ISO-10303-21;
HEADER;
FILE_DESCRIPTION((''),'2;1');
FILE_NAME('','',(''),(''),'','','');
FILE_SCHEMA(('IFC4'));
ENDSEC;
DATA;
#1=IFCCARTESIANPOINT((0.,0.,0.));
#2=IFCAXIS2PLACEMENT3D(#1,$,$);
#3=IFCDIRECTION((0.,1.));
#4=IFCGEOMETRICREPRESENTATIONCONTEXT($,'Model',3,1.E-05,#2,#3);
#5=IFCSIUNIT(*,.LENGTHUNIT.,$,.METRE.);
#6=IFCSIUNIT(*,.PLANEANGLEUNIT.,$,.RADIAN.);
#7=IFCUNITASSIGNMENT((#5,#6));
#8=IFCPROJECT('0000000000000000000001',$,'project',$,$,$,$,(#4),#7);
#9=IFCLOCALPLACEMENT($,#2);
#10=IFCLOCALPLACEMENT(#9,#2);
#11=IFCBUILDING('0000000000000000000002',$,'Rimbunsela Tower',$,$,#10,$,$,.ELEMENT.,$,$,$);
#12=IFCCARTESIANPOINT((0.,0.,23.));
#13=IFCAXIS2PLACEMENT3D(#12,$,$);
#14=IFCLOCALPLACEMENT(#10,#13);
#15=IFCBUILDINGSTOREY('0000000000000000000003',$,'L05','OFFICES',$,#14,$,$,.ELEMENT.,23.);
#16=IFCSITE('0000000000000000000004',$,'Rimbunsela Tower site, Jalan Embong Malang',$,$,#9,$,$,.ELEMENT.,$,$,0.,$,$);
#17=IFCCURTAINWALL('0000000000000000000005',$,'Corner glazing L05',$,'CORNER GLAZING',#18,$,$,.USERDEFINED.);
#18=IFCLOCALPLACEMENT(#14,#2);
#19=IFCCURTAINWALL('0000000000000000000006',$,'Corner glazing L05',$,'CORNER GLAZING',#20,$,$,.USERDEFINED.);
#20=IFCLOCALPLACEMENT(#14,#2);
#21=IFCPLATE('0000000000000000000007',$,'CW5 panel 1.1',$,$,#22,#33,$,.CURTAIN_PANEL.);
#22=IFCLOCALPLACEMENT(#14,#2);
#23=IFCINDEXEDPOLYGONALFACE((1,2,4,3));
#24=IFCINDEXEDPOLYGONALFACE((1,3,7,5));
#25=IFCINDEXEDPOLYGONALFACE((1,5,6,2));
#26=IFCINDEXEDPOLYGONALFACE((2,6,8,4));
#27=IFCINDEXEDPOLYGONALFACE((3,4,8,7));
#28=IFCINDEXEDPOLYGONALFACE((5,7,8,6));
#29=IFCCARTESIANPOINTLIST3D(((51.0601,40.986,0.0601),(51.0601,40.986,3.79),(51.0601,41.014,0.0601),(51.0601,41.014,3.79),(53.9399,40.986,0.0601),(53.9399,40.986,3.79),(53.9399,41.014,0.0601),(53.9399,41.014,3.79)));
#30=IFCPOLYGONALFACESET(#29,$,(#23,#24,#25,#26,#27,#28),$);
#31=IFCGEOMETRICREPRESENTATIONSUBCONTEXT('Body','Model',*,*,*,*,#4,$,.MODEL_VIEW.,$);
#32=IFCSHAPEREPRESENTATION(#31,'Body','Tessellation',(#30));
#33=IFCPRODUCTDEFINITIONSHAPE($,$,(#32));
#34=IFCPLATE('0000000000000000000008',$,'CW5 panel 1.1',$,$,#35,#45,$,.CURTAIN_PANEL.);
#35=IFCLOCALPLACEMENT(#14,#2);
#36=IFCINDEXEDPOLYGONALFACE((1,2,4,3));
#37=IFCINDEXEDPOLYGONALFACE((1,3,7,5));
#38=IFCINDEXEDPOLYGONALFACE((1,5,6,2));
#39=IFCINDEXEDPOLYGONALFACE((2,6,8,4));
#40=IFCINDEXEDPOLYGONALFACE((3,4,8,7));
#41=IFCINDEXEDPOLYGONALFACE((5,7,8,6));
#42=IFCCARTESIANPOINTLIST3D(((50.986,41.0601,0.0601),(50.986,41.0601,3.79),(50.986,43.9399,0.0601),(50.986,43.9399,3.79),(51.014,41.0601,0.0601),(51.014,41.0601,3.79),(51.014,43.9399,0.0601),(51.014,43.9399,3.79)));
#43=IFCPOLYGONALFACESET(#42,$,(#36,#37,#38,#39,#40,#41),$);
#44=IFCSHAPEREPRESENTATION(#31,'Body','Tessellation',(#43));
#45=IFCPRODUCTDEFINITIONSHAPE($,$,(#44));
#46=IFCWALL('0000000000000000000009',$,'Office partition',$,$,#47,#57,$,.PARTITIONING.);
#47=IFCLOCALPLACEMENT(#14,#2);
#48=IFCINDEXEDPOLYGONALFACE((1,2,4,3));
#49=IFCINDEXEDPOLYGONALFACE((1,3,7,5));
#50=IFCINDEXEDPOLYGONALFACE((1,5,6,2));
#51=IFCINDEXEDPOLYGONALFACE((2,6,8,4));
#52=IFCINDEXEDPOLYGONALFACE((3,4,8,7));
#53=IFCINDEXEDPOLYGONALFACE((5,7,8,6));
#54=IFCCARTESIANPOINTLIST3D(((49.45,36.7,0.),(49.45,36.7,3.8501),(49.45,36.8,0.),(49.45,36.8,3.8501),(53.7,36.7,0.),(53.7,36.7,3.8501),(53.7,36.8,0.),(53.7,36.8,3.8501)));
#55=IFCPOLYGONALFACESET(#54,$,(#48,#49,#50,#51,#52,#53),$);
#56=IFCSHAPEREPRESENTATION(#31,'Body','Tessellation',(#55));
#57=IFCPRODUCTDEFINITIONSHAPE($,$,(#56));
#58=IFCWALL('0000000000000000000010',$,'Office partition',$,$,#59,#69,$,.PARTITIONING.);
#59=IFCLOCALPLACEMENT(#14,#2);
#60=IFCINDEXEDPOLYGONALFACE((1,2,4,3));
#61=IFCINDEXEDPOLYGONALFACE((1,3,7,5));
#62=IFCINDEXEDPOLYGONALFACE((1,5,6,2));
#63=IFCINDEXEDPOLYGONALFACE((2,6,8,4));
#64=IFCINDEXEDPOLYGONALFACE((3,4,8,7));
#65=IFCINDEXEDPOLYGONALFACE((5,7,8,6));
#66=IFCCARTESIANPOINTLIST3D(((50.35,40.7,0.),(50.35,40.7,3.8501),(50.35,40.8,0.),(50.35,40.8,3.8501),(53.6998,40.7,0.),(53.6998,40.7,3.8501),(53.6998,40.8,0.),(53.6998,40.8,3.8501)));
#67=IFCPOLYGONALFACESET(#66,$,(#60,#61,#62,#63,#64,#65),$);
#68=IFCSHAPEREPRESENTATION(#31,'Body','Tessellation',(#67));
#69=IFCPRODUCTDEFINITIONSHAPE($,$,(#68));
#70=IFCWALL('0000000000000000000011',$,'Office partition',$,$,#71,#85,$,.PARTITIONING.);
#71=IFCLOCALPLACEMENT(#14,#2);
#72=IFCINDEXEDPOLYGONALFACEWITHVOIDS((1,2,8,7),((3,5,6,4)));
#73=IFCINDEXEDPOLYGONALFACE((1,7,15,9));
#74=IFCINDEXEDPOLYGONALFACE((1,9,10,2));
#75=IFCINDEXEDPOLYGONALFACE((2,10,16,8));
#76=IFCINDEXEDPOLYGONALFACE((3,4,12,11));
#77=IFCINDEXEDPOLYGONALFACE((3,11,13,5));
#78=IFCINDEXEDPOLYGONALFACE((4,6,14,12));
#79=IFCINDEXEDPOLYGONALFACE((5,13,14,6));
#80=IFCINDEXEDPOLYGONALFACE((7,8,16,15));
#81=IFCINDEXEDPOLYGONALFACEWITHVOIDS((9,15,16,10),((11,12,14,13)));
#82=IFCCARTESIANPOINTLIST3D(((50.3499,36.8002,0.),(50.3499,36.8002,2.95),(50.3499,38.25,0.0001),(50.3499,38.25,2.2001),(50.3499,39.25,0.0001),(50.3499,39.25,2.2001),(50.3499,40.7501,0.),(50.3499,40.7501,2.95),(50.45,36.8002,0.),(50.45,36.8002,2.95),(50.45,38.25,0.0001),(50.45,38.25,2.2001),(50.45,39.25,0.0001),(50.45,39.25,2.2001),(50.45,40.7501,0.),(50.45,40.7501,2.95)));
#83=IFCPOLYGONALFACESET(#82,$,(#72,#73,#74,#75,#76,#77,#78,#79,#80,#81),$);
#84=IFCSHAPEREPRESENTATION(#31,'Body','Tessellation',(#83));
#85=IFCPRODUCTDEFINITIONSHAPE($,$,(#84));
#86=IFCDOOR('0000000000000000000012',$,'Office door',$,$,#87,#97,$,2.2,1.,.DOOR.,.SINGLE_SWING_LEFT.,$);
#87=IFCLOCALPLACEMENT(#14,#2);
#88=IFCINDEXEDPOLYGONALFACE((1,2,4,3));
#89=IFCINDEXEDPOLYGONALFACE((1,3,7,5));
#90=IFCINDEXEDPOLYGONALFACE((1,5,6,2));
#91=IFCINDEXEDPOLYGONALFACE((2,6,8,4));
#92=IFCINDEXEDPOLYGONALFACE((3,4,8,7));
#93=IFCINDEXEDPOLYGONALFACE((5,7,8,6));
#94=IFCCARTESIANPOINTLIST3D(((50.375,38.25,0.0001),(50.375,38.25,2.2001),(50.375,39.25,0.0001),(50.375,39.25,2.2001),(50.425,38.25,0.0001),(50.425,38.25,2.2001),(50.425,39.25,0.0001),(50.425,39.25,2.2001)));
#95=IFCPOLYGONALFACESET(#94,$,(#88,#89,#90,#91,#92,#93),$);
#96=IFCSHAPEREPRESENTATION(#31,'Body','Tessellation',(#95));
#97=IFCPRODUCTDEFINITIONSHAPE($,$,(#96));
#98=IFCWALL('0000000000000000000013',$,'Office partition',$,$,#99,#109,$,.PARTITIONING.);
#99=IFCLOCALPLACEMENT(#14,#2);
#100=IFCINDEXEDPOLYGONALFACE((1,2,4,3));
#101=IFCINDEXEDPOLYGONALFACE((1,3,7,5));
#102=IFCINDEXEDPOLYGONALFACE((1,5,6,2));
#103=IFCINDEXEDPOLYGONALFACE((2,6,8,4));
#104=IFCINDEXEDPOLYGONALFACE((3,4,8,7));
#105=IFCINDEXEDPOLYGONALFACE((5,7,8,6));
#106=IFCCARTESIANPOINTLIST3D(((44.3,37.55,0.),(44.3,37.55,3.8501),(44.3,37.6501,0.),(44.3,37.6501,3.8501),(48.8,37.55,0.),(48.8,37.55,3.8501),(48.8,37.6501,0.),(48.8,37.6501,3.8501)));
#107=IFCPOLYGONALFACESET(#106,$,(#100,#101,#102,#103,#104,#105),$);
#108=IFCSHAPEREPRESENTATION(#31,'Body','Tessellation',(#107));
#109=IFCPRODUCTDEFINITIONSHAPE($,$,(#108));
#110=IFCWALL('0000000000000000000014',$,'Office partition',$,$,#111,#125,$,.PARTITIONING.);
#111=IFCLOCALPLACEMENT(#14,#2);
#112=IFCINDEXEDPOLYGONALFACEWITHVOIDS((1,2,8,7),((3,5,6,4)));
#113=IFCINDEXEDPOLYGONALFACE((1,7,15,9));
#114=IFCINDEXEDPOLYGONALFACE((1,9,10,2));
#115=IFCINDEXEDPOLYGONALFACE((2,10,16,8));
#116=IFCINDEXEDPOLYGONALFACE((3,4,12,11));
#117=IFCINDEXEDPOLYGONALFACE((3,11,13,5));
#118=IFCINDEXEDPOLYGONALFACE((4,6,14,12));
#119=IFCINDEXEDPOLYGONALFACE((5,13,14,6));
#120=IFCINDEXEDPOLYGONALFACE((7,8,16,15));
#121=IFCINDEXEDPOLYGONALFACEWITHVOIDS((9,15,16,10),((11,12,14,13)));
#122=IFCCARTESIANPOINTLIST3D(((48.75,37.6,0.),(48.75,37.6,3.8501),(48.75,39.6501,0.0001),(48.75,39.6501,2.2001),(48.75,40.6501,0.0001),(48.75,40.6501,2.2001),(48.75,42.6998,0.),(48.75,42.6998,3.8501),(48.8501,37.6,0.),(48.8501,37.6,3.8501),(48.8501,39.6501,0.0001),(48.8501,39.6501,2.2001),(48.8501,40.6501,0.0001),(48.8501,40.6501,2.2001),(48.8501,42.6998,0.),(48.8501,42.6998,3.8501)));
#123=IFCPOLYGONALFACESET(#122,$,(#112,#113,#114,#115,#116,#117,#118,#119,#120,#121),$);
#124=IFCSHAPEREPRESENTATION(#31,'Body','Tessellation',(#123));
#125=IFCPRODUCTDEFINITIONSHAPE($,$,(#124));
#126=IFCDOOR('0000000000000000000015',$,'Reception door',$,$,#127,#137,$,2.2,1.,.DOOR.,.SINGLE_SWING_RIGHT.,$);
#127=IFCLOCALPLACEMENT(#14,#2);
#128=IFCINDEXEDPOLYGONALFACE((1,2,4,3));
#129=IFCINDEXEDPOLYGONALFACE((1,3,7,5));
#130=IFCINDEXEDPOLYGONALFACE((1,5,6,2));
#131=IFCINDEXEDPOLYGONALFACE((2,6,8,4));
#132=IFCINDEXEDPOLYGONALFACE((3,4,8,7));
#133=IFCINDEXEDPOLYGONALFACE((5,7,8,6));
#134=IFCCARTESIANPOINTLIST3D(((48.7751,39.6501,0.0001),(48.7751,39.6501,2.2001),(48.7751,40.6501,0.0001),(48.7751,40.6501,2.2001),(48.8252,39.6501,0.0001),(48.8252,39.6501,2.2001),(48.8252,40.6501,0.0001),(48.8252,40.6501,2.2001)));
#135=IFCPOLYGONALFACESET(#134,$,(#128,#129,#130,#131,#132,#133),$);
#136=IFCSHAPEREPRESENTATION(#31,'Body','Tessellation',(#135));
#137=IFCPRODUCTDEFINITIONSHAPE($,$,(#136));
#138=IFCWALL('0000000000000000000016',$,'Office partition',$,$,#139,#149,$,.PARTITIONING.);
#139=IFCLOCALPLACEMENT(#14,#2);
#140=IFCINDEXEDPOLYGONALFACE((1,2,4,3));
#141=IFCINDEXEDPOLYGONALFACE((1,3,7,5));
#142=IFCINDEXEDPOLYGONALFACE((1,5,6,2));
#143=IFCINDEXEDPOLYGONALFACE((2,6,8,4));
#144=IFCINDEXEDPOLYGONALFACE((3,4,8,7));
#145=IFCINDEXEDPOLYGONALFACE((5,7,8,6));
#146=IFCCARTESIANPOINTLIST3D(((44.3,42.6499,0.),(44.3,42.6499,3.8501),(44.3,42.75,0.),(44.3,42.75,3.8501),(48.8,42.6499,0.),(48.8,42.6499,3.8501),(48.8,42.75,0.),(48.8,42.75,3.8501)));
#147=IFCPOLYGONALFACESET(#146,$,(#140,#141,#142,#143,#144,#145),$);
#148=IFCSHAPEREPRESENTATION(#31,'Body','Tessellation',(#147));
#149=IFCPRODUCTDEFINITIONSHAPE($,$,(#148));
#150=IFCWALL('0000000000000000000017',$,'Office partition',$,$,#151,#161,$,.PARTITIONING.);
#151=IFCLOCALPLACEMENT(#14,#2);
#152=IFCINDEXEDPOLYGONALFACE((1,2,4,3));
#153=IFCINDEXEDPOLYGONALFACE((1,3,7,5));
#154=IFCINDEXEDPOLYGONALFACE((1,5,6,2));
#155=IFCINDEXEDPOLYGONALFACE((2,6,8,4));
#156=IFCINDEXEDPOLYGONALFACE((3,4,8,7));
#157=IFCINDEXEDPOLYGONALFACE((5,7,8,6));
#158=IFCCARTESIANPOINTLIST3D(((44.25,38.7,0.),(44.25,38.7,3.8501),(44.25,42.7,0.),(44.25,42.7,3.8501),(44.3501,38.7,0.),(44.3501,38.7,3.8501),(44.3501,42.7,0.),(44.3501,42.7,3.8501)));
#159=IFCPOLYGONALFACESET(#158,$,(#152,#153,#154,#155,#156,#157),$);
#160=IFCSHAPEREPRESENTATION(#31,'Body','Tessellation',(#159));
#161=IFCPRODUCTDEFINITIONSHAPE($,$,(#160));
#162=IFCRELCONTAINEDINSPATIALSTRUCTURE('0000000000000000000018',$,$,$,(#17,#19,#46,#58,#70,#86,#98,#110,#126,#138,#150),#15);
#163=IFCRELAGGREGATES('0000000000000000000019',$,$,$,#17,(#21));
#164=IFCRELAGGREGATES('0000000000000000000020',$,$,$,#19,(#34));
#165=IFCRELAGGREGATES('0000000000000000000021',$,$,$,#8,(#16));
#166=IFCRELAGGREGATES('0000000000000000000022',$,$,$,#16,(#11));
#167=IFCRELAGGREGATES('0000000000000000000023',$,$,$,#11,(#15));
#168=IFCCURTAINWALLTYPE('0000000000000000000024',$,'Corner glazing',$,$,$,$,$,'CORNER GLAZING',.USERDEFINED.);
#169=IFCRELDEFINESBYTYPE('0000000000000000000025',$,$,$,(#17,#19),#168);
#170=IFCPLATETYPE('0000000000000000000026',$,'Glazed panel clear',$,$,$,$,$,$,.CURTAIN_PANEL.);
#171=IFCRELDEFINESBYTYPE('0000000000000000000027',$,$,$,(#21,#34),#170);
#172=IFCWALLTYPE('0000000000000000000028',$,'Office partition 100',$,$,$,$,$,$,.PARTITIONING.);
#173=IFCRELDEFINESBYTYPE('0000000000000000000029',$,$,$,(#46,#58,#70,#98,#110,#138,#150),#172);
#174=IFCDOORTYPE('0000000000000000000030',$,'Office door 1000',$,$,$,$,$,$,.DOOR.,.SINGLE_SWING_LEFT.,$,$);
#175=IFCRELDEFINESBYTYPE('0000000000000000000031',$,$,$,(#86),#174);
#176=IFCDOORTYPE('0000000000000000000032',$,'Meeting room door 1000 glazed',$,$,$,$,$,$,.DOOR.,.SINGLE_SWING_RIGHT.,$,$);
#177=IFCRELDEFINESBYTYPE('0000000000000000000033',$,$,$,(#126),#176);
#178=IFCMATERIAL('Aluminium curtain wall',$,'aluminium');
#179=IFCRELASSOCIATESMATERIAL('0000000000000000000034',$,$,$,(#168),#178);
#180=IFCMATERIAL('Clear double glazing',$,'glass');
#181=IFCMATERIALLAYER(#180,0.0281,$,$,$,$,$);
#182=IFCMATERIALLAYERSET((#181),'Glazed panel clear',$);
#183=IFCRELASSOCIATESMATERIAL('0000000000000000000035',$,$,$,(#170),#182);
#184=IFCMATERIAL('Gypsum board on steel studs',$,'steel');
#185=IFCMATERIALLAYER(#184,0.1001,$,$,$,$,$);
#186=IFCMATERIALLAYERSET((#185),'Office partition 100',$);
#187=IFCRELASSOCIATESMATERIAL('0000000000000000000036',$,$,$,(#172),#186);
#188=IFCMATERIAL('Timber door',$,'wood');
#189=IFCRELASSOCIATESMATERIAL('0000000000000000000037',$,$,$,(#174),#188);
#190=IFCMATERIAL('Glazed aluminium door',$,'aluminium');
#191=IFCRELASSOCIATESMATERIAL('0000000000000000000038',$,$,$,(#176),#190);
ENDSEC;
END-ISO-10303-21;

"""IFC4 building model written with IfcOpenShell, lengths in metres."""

from ifc_helpers import new_model, si_unit, direction, frame, frame_2d, origin, origin_2d, place, context, subcontext, project, spatial, rectangle, extrude, material, layer, layer_set, type_object, element, fill, aggregate, save


model = new_model("IFC4")

# Units and contexts
model_context = context("Model", 3, precision=1e-05, world=origin(), true_north=direction((0.0, 1.0)))
body_context = subcontext(model_context, "Body", "Model", "MODEL_VIEW")
ifc_project = project(units=[si_unit("LENGTHUNIT", "METRE"), si_unit("PLANEANGLEUNIT", "RADIAN")], contexts=[model_context])

# Site, building, storey
site_placement = place(None, origin())
site = spatial("IfcSite", under=ifc_project, at=site_placement, Name="Rimbunsela Tower site, Jalan Embong Malang", CompositionType="ELEMENT", RefElevation=0.0)
building_placement = place(site_placement, origin())
building = spatial("IfcBuilding", under=site, at=building_placement, Name="Rimbunsela Tower", CompositionType="ELEMENT")
storey_placement = place(building_placement, frame((0.0, 0.0, 23.0)))
storey = spatial("IfcBuildingStorey", under=building, at=storey_placement, Name="L05", Description="OFFICES", CompositionType="ELEMENT", Elevation=23.0)

# Curtain walls
ifc_material_1 = material(Name="Aluminium curtain wall", Category="aluminium")
curtain_wall_type = type_object("IfcCurtainWallType", Name="Corner glazing", ElementType="CORNER GLAZING", PredefinedType="USERDEFINED", material=ifc_material_1)
curtain_wall_1_placement = place(storey_placement, origin())
curtain_wall_1 = element("IfcCurtainWall", 1, at=curtain_wall_1_placement, inside=storey, type_object=curtain_wall_type, Name="Corner glazing L05", ObjectType="CORNER GLAZING", PredefinedType="USERDEFINED")
curtain_wall_2_placement = place(storey_placement, origin())
curtain_wall_2 = element("IfcCurtainWall", 2, at=curtain_wall_2_placement, inside=storey, type_object=curtain_wall_type, Name="Corner glazing L05", ObjectType="CORNER GLAZING", PredefinedType="USERDEFINED")

# Plates
ifc_material_2 = material(Name="Clear double glazing", Category="glass")
ifc_layer_1 = layer(ifc_material_2, 0.0281)
ifc_layer_set_1 = layer_set([ifc_layer_1], Name="Glazed panel clear")
plate_type = type_object("IfcPlateType", Name="Glazed panel clear", PredefinedType="CURTAIN_PANEL", material=ifc_layer_set_1)
plate_1_placement = place(storey_placement, frame((52.5, 41.0, 0.0601), z_axis=(0.0, 0.0, 1.0), x_axis=(-1.0, 0.0, 0.0)))
plate_1 = element("IfcPlate", 3, at=plate_1_placement, type_object=plate_type, Name="CW5 panel 1.1", PredefinedType="CURTAIN_PANEL", context=body_context, shape_type="SweptSolid", body=[
    extrude(rectangle(XDim=2.8799, YDim=0.0281, at=origin_2d()), origin(), (0.0, 0.0, 1.0), 3.73),
])
aggregate(curtain_wall_1, [plate_1])
plate_2_placement = place(storey_placement, frame((51.0, 42.5, 0.0601), z_axis=(0.0, 0.0, 1.0), x_axis=(0.0, 1.0, 0.0)))
plate_2 = element("IfcPlate", 4, at=plate_2_placement, type_object=plate_type, Name="CW5 panel 1.1", PredefinedType="CURTAIN_PANEL", context=body_context, shape_type="SweptSolid", body=[
    extrude(rectangle(XDim=2.8799, YDim=0.0281, at=origin_2d()), origin(), (0.0, 0.0, 1.0), 3.73),
])
aggregate(curtain_wall_2, [plate_2])

# Walls
ifc_material_3 = material(Name="Gypsum board on steel studs", Category="steel")
ifc_layer_2 = layer(ifc_material_3, 0.1001)
ifc_layer_set_2 = layer_set([ifc_layer_2], Name="Office partition 100")
wall_type_1 = type_object("IfcWallType", Name="Office partition 100", PredefinedType="PARTITIONING", material=ifc_layer_set_2)
wall_1_placement = place(storey_placement, frame((49.45, 36.75, 0.0), z_axis=(0.0, 0.0, 1.0), x_axis=(1.0, 0.0, 0.0)))
element("IfcWall", 5, at=wall_1_placement, inside=storey, type_object=wall_type_1, Name="Office partition", PredefinedType="PARTITIONING", context=body_context, shape_type="SweptSolid", body=[
    extrude(rectangle(XDim=4.25, YDim=0.1001, at=frame_2d((2.125, 0.0))), origin(), (0.0, 0.0, 1.0), 3.8501),
])
wall_2_placement = place(storey_placement, frame((50.3501, 40.75, 0.0), z_axis=(0.0, 0.0, 1.0), x_axis=(1.0, 0.0, 0.0)))
element("IfcWall", 6, at=wall_2_placement, inside=storey, type_object=wall_type_1, Name="Office partition", PredefinedType="PARTITIONING", context=body_context, shape_type="SweptSolid", body=[
    extrude(rectangle(XDim=3.3499, YDim=0.1001, at=frame_2d((1.6748, 0.0))), origin(), (0.0, 0.0, 1.0), 3.8501),
])

# Wall, opening, door
wall_3_placement = place(storey_placement, frame((50.3999, 36.8, 0.0), z_axis=(0.0, 0.0, 1.0), x_axis=(0.0, 1.0, 0.0)))
wall_3 = element("IfcWall", 7, at=wall_3_placement, inside=storey, type_object=wall_type_1, Name="Office partition", PredefinedType="PARTITIONING", context=body_context, shape_type="SweptSolid", body=[
    extrude(rectangle(XDim=3.95, YDim=0.1001, at=frame_2d((1.9751, 0.0))), origin(), (0.0, 0.0, 1.0), 2.95),
])
opening_1_placement = place(wall_3_placement, frame((1.45, 0.0, 0.0)))
opening_1 = element("IfcOpeningElement", 8, at=opening_1_placement, cuts=wall_3, PredefinedType="OPENING", context=body_context, shape_type="SweptSolid", body=[
    extrude(rectangle(XDim=1.0, YDim=2.2, at=frame_2d((0.5, 1.1001))), frame((0.0, 0.0601, 0.0), z_axis=(0.0, -1.0, 0.0), x_axis=(1.0, 0.0, 0.0)), (0.0, 0.0, 1.0), 0.1201),
])
ifc_material_4 = material(Name="Timber door", Category="wood")
door_type_1 = type_object("IfcDoorType", Name="Office door 1000", OperationType="SINGLE_SWING_LEFT", PredefinedType="DOOR", material=ifc_material_4)
door_1_placement = place(opening_1_placement, origin())
door_1 = element("IfcDoor", 9, at=door_1_placement, inside=storey, type_object=door_type_1, Name="Office door", OperationType="SINGLE_SWING_LEFT", OverallHeight=2.2, OverallWidth=1.0, PredefinedType="DOOR", context=body_context, shape_type="SweptSolid", body=[
    extrude(rectangle(XDim=1.0, YDim=2.2, at=frame_2d((0.5, 1.1001))), frame((0.0, 0.0249, 0.0), z_axis=(0.0, -1.0, 0.0), x_axis=(1.0, 0.0, 0.0)), (0.0, 0.0, 1.0), 0.05),
])
fill(opening_1, door_1)

# Wall
wall_4_placement = place(storey_placement, frame((44.3, 37.6001, 0.0), z_axis=(0.0, 0.0, 1.0), x_axis=(1.0, 0.0, 0.0)))
element("IfcWall", 10, at=wall_4_placement, inside=storey, type_object=wall_type_1, Name="Office partition", PredefinedType="PARTITIONING", context=body_context, shape_type="SweptSolid", body=[
    extrude(rectangle(XDim=4.5, YDim=0.1001, at=frame_2d((2.25, 0.0))), origin(), (0.0, 0.0, 1.0), 3.8501),
])

# Wall, opening, door
wall_5_placement = place(storey_placement, frame((48.8, 37.6001, 0.0), z_axis=(0.0, 0.0, 1.0), x_axis=(0.0, 1.0, 0.0)))
wall_5 = element("IfcWall", 11, at=wall_5_placement, inside=storey, type_object=wall_type_1, Name="Office partition", PredefinedType="PARTITIONING", context=body_context, shape_type="SweptSolid", body=[
    extrude(rectangle(XDim=5.0999, YDim=0.1001, at=frame_2d((2.5498, 0.0))), origin(), (0.0, 0.0, 1.0), 3.8501),
])
opening_2_placement = place(wall_5_placement, frame((2.05, 0.0, 0.0)))
opening_2 = element("IfcOpeningElement", 12, at=opening_2_placement, cuts=wall_5, PredefinedType="OPENING", context=body_context, shape_type="SweptSolid", body=[
    extrude(rectangle(XDim=1.0, YDim=2.2, at=frame_2d((0.5, 1.1001))), frame((0.0, 0.0601, 0.0), z_axis=(0.0, -1.0, 0.0), x_axis=(1.0, 0.0, 0.0)), (0.0, 0.0, 1.0), 0.1201),
])
ifc_material_5 = material(Name="Glazed aluminium door", Category="aluminium")
door_type_2 = type_object("IfcDoorType", Name="Meeting room door 1000 glazed", OperationType="SINGLE_SWING_RIGHT", PredefinedType="DOOR", material=ifc_material_5)
door_2_placement = place(opening_2_placement, origin())
door_2 = element("IfcDoor", 13, at=door_2_placement, inside=storey, type_object=door_type_2, Name="Reception door", OperationType="SINGLE_SWING_RIGHT", OverallHeight=2.2, OverallWidth=1.0, PredefinedType="DOOR", context=body_context, shape_type="SweptSolid", body=[
    extrude(rectangle(XDim=1.0, YDim=2.2, at=frame_2d((0.5, 1.1001))), frame((0.0, 0.0249, 0.0), z_axis=(0.0, -1.0, 0.0), x_axis=(1.0, 0.0, 0.0)), (0.0, 0.0, 1.0), 0.05),
])
fill(opening_2, door_2)

# Walls
wall_6_placement = place(storey_placement, frame((48.8, 42.7, 0.0), z_axis=(0.0, 0.0, 1.0), x_axis=(-1.0, 0.0, 0.0)))
element("IfcWall", 14, at=wall_6_placement, inside=storey, type_object=wall_type_1, Name="Office partition", PredefinedType="PARTITIONING", context=body_context, shape_type="SweptSolid", body=[
    extrude(rectangle(XDim=4.5, YDim=0.1001, at=frame_2d((2.25, 0.0))), origin(), (0.0, 0.0, 1.0), 3.8501),
])
wall_7_placement = place(storey_placement, frame((44.3, 42.7, 0.0), z_axis=(0.0, 0.0, 1.0), x_axis=(0.0, -1.0, 0.0)))
element("IfcWall", 15, at=wall_7_placement, inside=storey, type_object=wall_type_1, Name="Office partition", PredefinedType="PARTITIONING", context=body_context, shape_type="SweptSolid", body=[
    extrude(rectangle(XDim=4.0, YDim=0.1001, at=frame_2d((2.0, 0.0))), origin(), (0.0, 0.0, 1.0), 3.8501),
])

save(model, "model.ifc")
